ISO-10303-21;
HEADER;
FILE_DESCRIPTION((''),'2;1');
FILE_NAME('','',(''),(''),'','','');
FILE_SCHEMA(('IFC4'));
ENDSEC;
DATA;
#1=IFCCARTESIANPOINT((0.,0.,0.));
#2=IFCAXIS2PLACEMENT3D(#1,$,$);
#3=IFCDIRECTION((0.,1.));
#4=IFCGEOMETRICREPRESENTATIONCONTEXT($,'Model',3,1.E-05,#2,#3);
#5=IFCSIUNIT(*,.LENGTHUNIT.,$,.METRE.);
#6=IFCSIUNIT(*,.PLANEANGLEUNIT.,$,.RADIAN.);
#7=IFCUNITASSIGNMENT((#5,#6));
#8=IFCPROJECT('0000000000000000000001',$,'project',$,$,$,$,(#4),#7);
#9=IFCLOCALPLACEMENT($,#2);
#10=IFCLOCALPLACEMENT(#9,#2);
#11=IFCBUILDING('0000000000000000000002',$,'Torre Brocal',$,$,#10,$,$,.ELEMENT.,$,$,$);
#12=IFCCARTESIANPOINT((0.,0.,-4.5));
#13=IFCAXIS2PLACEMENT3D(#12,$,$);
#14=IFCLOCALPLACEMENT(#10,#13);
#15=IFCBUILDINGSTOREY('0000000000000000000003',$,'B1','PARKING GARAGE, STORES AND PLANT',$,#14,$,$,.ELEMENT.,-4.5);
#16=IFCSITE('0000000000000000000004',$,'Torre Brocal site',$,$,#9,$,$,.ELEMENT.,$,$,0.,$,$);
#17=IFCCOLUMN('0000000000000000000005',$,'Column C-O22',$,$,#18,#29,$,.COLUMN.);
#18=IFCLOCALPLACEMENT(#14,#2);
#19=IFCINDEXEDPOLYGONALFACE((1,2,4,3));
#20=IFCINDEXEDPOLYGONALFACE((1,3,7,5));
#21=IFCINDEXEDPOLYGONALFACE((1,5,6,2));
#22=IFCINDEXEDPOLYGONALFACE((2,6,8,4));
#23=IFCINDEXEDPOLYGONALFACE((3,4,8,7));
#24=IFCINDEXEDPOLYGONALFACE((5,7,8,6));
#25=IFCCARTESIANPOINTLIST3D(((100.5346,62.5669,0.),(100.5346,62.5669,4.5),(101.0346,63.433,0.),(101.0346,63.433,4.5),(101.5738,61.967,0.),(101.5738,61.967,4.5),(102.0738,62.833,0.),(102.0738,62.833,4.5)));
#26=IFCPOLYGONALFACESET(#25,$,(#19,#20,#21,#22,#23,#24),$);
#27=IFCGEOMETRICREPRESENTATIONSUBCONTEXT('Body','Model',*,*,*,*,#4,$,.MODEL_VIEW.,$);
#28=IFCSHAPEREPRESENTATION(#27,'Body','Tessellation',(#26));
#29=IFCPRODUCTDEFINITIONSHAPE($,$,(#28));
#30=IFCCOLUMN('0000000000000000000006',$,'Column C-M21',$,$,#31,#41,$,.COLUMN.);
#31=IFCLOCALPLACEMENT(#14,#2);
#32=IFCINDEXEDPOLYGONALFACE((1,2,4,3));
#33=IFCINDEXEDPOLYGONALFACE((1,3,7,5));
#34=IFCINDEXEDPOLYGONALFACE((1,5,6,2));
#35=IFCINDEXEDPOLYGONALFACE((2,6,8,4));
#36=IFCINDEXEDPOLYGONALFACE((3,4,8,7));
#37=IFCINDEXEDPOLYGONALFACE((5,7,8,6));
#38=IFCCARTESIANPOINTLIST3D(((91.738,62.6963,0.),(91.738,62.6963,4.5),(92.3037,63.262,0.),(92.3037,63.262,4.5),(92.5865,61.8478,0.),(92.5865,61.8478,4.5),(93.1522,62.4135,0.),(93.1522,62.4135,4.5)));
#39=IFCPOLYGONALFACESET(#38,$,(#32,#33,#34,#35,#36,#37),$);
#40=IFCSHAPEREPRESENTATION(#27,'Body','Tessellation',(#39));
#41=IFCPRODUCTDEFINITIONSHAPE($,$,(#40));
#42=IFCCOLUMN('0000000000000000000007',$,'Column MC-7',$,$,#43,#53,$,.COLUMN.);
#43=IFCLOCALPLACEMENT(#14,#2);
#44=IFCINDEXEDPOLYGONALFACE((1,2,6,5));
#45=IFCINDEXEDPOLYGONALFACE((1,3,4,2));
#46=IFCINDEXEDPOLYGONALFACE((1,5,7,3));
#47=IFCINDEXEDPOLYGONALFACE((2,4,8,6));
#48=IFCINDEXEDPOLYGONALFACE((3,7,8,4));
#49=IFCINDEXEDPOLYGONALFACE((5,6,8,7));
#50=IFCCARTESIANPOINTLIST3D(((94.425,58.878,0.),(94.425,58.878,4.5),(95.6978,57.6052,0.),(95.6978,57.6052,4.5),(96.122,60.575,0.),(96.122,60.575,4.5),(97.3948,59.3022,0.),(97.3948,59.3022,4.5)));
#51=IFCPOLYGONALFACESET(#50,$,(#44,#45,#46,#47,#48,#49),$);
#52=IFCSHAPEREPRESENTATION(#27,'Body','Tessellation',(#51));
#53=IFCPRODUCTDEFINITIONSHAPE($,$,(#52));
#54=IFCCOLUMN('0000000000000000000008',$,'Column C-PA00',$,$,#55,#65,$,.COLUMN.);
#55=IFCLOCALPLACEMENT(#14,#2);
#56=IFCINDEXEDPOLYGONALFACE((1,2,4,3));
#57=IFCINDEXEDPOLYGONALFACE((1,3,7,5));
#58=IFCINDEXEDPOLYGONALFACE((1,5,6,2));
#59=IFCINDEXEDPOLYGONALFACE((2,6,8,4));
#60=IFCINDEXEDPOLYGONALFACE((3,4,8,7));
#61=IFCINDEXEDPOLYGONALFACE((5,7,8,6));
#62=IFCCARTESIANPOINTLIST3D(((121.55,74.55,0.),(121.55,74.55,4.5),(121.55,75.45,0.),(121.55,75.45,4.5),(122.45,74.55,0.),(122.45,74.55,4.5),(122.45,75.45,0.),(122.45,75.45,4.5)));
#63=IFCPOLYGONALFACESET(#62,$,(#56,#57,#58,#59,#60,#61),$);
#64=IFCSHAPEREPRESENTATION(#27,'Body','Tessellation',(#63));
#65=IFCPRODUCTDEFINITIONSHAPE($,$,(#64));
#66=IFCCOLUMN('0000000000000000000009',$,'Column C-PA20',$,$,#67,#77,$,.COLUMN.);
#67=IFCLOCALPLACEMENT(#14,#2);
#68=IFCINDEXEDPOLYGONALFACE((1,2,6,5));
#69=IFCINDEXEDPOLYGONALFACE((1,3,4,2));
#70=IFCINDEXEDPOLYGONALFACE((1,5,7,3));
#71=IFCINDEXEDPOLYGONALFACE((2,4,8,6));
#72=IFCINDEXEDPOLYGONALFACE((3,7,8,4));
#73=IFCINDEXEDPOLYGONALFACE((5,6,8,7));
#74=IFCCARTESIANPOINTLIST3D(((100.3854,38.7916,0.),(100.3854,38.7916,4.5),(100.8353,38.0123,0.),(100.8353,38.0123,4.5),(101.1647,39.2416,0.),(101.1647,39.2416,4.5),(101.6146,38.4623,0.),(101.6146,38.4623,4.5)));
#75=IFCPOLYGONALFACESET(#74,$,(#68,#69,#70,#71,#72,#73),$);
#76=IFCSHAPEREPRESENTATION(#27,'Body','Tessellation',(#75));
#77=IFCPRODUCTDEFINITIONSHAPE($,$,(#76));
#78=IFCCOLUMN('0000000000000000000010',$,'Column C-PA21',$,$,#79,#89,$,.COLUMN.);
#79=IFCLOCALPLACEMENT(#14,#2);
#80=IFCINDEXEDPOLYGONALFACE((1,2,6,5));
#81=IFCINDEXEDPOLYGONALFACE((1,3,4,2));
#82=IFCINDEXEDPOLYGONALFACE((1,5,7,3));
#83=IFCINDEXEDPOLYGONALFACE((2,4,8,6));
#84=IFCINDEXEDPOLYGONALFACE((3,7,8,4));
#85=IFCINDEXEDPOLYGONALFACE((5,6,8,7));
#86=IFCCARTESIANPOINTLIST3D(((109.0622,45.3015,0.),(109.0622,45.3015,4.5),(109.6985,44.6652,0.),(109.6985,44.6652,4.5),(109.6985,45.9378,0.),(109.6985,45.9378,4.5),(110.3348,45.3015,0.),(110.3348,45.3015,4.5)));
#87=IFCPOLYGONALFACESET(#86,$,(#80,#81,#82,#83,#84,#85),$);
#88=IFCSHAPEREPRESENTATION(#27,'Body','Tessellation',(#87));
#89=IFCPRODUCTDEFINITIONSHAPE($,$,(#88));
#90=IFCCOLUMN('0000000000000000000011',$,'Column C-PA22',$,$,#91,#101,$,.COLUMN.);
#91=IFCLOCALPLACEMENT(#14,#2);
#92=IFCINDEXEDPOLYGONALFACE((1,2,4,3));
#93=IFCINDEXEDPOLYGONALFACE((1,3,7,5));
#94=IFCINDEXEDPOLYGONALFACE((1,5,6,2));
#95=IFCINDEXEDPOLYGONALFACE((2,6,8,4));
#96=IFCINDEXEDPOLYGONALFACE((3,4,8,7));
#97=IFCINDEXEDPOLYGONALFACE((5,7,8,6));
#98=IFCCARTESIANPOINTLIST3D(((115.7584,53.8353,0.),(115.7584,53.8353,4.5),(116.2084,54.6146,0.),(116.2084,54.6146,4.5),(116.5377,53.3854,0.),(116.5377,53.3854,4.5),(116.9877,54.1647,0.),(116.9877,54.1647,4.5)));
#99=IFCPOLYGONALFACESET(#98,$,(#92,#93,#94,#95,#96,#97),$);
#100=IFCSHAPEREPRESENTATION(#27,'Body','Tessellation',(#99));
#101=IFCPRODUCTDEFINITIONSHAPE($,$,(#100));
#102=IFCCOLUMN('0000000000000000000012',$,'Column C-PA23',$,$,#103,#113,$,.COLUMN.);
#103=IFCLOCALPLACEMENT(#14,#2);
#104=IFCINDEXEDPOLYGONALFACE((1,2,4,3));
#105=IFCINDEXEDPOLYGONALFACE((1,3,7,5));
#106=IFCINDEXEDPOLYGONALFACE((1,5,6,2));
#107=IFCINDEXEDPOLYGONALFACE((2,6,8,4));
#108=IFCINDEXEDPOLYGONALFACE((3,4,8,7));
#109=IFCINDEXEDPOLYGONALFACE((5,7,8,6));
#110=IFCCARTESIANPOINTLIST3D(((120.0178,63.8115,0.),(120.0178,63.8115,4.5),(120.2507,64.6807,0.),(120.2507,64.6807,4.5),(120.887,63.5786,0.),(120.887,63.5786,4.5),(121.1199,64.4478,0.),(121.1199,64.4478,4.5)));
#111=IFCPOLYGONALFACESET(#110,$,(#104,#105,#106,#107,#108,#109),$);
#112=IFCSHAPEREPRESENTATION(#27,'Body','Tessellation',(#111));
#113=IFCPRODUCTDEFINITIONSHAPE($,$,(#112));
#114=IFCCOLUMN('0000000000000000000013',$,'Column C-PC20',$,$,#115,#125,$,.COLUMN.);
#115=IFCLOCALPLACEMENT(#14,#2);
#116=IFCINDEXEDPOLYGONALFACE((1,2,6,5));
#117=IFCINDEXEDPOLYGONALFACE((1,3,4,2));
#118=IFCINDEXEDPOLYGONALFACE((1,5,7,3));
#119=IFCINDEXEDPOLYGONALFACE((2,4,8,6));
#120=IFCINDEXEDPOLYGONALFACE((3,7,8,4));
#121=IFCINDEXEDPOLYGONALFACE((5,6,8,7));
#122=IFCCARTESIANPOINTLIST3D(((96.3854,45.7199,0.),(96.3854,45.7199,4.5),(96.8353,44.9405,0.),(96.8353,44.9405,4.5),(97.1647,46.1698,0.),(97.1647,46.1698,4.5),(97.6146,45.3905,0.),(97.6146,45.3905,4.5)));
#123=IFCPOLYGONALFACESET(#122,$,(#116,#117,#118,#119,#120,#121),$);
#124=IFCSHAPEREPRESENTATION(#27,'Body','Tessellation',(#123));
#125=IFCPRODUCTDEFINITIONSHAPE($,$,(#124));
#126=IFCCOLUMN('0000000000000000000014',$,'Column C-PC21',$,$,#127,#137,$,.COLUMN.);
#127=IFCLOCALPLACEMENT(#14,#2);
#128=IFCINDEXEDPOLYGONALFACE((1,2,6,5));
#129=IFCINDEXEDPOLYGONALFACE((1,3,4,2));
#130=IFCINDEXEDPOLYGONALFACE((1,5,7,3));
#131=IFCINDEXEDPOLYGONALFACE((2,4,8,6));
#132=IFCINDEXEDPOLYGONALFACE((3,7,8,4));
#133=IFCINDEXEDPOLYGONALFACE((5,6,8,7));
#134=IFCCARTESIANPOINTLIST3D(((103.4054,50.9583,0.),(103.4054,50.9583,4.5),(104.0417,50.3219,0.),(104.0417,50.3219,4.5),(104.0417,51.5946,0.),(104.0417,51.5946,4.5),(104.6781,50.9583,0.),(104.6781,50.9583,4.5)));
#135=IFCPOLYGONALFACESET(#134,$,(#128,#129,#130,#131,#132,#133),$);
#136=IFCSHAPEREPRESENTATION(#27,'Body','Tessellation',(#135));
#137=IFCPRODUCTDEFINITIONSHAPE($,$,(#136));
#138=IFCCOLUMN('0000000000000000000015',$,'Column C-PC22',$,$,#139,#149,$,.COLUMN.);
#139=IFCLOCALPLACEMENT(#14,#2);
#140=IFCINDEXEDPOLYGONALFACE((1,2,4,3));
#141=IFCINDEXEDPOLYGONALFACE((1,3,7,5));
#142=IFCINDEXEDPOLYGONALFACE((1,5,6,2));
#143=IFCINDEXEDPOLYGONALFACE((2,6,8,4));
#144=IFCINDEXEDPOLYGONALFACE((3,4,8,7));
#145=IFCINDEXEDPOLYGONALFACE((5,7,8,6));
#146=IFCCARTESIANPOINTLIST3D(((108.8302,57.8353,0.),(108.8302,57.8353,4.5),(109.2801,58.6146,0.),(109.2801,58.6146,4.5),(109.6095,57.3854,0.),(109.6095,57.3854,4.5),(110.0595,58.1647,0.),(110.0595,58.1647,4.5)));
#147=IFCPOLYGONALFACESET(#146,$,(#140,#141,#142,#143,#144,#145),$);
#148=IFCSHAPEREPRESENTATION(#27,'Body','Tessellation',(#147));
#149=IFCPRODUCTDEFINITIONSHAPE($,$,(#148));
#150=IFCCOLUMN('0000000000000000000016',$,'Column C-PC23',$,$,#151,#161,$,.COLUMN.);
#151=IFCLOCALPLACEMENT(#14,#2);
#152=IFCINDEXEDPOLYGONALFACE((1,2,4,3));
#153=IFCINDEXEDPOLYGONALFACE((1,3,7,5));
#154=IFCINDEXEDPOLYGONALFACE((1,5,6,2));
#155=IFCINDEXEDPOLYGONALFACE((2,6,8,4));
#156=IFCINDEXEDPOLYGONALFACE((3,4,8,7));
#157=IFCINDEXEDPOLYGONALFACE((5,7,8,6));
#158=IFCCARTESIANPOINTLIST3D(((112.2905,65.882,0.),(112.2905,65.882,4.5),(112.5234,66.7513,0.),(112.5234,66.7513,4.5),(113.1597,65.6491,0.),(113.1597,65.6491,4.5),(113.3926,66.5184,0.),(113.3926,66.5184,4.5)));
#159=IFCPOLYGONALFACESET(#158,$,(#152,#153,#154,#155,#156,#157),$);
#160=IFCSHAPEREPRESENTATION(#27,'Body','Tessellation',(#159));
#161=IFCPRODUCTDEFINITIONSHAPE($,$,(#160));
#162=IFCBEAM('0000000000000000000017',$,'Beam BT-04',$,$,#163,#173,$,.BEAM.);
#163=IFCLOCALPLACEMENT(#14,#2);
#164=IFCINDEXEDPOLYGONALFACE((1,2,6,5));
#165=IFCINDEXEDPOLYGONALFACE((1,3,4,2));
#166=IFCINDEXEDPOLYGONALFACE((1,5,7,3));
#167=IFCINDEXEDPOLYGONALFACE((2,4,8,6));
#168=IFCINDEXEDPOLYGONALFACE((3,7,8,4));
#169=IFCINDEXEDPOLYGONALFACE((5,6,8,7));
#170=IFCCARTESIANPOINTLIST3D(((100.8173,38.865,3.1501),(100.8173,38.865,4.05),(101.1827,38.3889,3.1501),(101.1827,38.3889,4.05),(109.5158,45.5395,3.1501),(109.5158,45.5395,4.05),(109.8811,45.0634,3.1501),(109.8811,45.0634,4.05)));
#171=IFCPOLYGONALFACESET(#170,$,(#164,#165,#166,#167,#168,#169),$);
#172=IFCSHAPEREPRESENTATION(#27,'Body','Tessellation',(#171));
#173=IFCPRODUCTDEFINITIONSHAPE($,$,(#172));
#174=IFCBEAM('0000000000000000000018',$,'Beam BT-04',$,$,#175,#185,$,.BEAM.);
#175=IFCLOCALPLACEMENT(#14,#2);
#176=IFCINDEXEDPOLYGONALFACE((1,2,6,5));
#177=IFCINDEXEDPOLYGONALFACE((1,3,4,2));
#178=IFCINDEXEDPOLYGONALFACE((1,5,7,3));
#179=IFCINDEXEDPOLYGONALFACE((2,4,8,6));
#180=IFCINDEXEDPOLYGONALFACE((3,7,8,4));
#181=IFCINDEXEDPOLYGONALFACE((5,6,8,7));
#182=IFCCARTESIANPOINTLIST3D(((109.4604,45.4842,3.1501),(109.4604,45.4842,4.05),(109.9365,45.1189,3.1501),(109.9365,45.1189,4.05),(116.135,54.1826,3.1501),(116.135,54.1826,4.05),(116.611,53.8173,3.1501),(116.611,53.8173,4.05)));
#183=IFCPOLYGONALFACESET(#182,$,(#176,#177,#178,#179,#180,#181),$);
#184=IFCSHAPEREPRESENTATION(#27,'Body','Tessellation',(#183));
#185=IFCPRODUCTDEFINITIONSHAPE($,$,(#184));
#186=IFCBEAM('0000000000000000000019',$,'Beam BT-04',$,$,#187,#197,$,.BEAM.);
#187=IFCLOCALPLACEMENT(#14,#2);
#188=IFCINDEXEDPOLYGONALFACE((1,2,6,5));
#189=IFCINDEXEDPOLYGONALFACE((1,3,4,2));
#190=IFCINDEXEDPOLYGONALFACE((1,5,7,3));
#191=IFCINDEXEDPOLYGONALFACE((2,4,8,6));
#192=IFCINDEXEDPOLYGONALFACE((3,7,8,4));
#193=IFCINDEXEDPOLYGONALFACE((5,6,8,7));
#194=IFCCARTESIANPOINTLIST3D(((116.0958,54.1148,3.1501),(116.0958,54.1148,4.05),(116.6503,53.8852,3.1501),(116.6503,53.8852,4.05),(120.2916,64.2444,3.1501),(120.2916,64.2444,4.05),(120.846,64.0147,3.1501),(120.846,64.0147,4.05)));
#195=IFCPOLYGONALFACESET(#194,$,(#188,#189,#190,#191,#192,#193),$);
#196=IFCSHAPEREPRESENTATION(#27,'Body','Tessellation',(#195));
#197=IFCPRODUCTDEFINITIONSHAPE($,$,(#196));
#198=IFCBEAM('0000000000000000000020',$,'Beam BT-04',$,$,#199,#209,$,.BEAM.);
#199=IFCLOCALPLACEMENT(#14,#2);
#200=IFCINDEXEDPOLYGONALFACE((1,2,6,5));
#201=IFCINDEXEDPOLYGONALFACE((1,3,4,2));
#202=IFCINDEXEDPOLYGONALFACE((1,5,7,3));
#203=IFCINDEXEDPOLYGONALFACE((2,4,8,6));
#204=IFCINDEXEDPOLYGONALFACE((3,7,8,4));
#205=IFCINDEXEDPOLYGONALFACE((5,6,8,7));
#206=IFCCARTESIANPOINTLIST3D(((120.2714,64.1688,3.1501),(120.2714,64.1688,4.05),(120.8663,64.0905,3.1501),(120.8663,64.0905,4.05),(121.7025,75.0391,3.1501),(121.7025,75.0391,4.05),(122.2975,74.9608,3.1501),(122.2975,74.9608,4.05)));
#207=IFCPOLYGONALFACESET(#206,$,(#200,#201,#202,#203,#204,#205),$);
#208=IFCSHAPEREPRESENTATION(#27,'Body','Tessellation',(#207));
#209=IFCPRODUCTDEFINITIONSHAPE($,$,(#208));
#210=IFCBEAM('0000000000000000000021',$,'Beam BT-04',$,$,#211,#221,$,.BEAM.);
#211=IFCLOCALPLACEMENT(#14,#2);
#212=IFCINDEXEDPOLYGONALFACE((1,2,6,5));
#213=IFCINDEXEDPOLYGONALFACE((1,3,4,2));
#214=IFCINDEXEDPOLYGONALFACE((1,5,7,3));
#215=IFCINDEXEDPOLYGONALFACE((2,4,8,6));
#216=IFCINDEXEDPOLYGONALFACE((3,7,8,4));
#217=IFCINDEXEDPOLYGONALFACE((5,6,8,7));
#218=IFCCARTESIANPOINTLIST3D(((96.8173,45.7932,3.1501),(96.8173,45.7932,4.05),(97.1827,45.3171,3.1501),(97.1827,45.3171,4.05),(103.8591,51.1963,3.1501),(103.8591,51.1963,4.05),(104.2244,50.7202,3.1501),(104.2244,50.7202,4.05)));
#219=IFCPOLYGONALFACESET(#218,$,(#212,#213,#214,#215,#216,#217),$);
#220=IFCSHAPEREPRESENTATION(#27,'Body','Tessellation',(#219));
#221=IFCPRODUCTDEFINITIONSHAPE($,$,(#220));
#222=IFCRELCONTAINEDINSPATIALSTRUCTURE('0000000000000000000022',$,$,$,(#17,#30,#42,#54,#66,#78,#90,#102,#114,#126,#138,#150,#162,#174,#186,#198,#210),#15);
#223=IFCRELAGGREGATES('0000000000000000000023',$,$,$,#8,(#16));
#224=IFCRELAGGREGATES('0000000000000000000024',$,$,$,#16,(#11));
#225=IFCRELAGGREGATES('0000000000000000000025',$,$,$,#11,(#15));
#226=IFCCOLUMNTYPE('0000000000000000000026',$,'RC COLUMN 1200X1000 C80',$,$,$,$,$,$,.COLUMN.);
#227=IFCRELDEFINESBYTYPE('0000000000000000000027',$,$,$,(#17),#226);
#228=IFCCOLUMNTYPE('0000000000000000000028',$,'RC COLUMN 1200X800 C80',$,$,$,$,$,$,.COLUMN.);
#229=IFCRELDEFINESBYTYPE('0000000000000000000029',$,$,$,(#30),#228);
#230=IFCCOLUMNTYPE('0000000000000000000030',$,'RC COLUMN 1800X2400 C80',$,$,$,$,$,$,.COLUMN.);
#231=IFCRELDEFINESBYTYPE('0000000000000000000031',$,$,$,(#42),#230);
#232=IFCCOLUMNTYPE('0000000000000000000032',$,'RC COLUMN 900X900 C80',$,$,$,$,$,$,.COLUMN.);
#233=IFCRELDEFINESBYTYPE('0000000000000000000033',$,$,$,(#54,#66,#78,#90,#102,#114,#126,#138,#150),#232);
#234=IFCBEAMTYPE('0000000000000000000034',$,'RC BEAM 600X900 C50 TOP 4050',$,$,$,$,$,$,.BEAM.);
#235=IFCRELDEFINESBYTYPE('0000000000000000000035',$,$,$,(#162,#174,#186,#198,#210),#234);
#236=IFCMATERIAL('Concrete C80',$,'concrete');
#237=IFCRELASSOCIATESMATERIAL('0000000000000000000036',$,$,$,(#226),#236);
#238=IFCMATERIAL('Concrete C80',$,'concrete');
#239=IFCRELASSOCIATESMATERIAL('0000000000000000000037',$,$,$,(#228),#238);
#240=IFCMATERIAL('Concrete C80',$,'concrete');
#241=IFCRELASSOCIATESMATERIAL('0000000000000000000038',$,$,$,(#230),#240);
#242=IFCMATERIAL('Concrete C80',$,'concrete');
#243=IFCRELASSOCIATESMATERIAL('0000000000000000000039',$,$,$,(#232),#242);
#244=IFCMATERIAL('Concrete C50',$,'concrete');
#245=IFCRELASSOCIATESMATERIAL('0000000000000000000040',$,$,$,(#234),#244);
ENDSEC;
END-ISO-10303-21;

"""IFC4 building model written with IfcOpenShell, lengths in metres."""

from ifc_helpers import new_model, si_unit, direction, frame, origin, origin_2d, place, context, subcontext, project, spatial, rectangle, extrude, material, material_profile, profile_set, type_object, element, save


model = new_model("IFC4")

# Units and contexts
model_context = context("Model", 3, precision=1e-05, world=origin(), true_north=direction((0.0, 1.0)))
body_context = subcontext(model_context, "Body", "Model", "MODEL_VIEW")
ifc_project = project(units=[si_unit("LENGTHUNIT", "METRE"), si_unit("PLANEANGLEUNIT", "RADIAN")], contexts=[model_context])

# Site, building, storey
site_placement = place(None, origin())
site = spatial("IfcSite", under=ifc_project, at=site_placement, Name="Torre Brocal site", CompositionType="ELEMENT", RefElevation=0.0)
building_placement = place(site_placement, origin())
building = spatial("IfcBuilding", under=site, at=building_placement, Name="Torre Brocal", CompositionType="ELEMENT")
storey_placement = place(building_placement, frame((0.0, 0.0, -4.5)))
storey = spatial("IfcBuildingStorey", under=building, at=storey_placement, Name="B1", Description="PARKING GARAGE, STORES AND PLANT", CompositionType="ELEMENT", Elevation=-4.5)

# Columns
ifc_material_1 = material(Name="Concrete C80", Category="concrete")
ifc_material_profile_1 = material_profile(ifc_material_1, rectangle(XDim=1.2, YDim=1.0, at=origin_2d()), Name="RC 1200X1000")
ifc_profile_set_1 = profile_set([ifc_material_profile_1], Name="Concrete C80")
column_type_1 = type_object("IfcColumnType", Name="RC COLUMN 1200X1000 C80", PredefinedType="COLUMN", material=ifc_profile_set_1)
column_1_placement = place(storey_placement, frame((101.3042, 62.7, 0.0), z_axis=(0.0, 0.0, 1.0), x_axis=(0.866025, -0.5, 0.0)))
element("IfcColumn", 1, at=column_1_placement, inside=storey, type_object=column_type_1, Name="Column C-O22", PredefinedType="COLUMN", context=body_context, shape_type="SweptSolid", body=[
    extrude(rectangle(XDim=1.2, YDim=1.0, at=origin_2d()), origin(), (0.0, 0.0, 1.0), 4.5),
])
ifc_material_2 = material(Name="Concrete C80", Category="concrete")
ifc_material_profile_2 = material_profile(ifc_material_2, rectangle(XDim=1.2, YDim=0.8, at=origin_2d()), Name="RC 1200X800")
ifc_profile_set_2 = profile_set([ifc_material_profile_2], Name="Concrete C80")
column_type_2 = type_object("IfcColumnType", Name="RC COLUMN 1200X800 C80", PredefinedType="COLUMN", material=ifc_profile_set_2)
column_2_placement = place(storey_placement, frame((92.4451, 62.5549, 0.0), z_axis=(0.0, 0.0, 1.0), x_axis=(0.707107, -0.707107, 0.0)))
element("IfcColumn", 2, at=column_2_placement, inside=storey, type_object=column_type_2, Name="Column C-M21", PredefinedType="COLUMN", context=body_context, shape_type="SweptSolid", body=[
    extrude(rectangle(XDim=1.2, YDim=0.8, at=origin_2d()), origin(), (0.0, 0.0, 1.0), 4.5),
])
ifc_material_3 = material(Name="Concrete C80", Category="concrete")
ifc_material_profile_3 = material_profile(ifc_material_3, rectangle(XDim=1.8, YDim=2.3999, at=origin_2d()), Name="RC 1800X2400")
ifc_profile_set_3 = profile_set([ifc_material_profile_3], Name="Concrete C80")
column_type_3 = type_object("IfcColumnType", Name="RC COLUMN 1800X2400 C80", PredefinedType="COLUMN", material=ifc_profile_set_3)
column_3_placement = place(storey_placement, frame((95.9099, 59.0901, 0.0), z_axis=(0.0, 0.0, 1.0), x_axis=(0.707107, -0.707107, 0.0)))
element("IfcColumn", 3, at=column_3_placement, inside=storey, type_object=column_type_3, Name="Column MC-7", PredefinedType="COLUMN", context=body_context, shape_type="SweptSolid", body=[
    extrude(rectangle(XDim=1.8, YDim=2.3999, at=origin_2d()), origin(), (0.0, 0.0, 1.0), 4.5),
])
ifc_material_4 = material(Name="Concrete C80", Category="concrete")
ifc_material_profile_4 = material_profile(ifc_material_4, rectangle(XDim=0.8999, YDim=0.8999, at=origin_2d()), Name="RC 900X900")
ifc_profile_set_4 = profile_set([ifc_material_profile_4], Name="Concrete C80")
column_type_4 = type_object("IfcColumnType", Name="RC COLUMN 900X900 C80", PredefinedType="COLUMN", material=ifc_profile_set_4)
for number, where, z_axis, x_axis, name in (
    (4, (122.0, 75.0, 0.0), (0.0, 0.0, 1.0), (1.0, 0.0, 0.0), "Column C-PA00"),
    (5, (101.0, 38.627, 0.0), (0.0, 0.0, 1.0), (0.5, -0.866025, 0.0), "Column C-PA20"),
    (6, (109.6985, 45.3015, 0.0), (0.0, 0.0, 1.0), (0.707107, -0.707107, 0.0), "Column C-PA21"),
    (7, (116.373, 54.0, 0.0), (0.0, 0.0, 1.0), (0.866025, -0.5, 0.0), "Column C-PA22"),
    (8, (120.5688, 64.1296, 0.0), (0.0, 0.0, 1.0), (0.965926, -0.258819, 0.0), "Column C-PA23"),
    (9, (97.0, 45.5552, 0.0), (0.0, 0.0, 1.0), (0.5, -0.866025, 0.0), "Column C-PC20"),
    (10, (104.0417, 50.9583, 0.0), (0.0, 0.0, 1.0), (0.707107, -0.707107, 0.0), "Column C-PC21"),
    (11, (109.4448, 58.0, 0.0), (0.0, 0.0, 1.0), (0.866025, -0.5, 0.0), "Column C-PC22"),
    (12, (112.8416, 66.2002, 0.0), (0.0, 0.0, 1.0), (0.965926, -0.258819, 0.0), "Column C-PC23"),
):
    element("IfcColumn", number, at=place(storey_placement, frame(where, z_axis=z_axis, x_axis=x_axis)), inside=storey, type_object=column_type_4, Name=name, PredefinedType="COLUMN", context=body_context, shape_type="SweptSolid", body=[
        extrude(rectangle(XDim=0.8999, YDim=0.8999, at=origin_2d()), origin(), (0.0, 0.0, 1.0), 4.5),
    ])

# Beams
ifc_material_5 = material(Name="Concrete C50", Category="concrete")
ifc_material_profile_5 = material_profile(ifc_material_5, rectangle(XDim=0.6001, YDim=0.8999, at=origin_2d()), Name="RC 600X900")
ifc_profile_set_5 = profile_set([ifc_material_profile_5], Name="Concrete C50")
beam_type_1 = type_object("IfcBeamType", Name="RC BEAM 600X900 C50 TOP 4050", PredefinedType="BEAM", material=ifc_profile_set_5)
for number, where, z_axis, x_axis, name in (
    (13, (101.0, 38.627, 3.6001), (0.793354, 0.60876, 0.0), (-0.60876, 0.793354, 0.0), "Beam BT-04"),
    (14, (109.6985, 45.3015, 3.6001), (0.60876, 0.793354, 0.0), (-0.793354, 0.60876, 0.0), "Beam BT-04"),
    (15, (116.373, 54.0, 3.6001), (0.382681, 0.923881, 0.0), (-0.923881, 0.382681, 0.0), "Beam BT-04"),
    (16, (120.5688, 64.1296, 3.6001), (0.13053, 0.991444, 0.0), (-0.991444, 0.13053, 0.0), "Beam BT-04"),
):
    element("IfcBeam", number, at=place(storey_placement, frame(where, z_axis=z_axis, x_axis=x_axis)), inside=storey, type_object=beam_type_1, Name=name, PredefinedType="BEAM", context=body_context, shape_type="SweptSolid", body=[
        extrude(rectangle(XDim=0.6001, YDim=0.8999, at=origin_2d()), origin(), (0.0, 0.0, 1.0), 10.9641),
    ])
for number, where, z_axis, x_axis, name in (
    (17, (97.0, 45.5552, 3.6001), (0.793367, 0.608744, 0.0), (-0.608744, 0.793367, 0.0), "Beam BT-04"),
):
    element("IfcBeam", number, at=place(storey_placement, frame(where, z_axis=z_axis, x_axis=x_axis)), inside=storey, type_object=beam_type_1, Name=name, PredefinedType="BEAM", context=body_context, shape_type="SweptSolid", body=[
        extrude(rectangle(XDim=0.6001, YDim=0.8999, at=origin_2d()), origin(), (0.0, 0.0, 1.0), 8.8757),
    ])

save(model, "model.ifc")
